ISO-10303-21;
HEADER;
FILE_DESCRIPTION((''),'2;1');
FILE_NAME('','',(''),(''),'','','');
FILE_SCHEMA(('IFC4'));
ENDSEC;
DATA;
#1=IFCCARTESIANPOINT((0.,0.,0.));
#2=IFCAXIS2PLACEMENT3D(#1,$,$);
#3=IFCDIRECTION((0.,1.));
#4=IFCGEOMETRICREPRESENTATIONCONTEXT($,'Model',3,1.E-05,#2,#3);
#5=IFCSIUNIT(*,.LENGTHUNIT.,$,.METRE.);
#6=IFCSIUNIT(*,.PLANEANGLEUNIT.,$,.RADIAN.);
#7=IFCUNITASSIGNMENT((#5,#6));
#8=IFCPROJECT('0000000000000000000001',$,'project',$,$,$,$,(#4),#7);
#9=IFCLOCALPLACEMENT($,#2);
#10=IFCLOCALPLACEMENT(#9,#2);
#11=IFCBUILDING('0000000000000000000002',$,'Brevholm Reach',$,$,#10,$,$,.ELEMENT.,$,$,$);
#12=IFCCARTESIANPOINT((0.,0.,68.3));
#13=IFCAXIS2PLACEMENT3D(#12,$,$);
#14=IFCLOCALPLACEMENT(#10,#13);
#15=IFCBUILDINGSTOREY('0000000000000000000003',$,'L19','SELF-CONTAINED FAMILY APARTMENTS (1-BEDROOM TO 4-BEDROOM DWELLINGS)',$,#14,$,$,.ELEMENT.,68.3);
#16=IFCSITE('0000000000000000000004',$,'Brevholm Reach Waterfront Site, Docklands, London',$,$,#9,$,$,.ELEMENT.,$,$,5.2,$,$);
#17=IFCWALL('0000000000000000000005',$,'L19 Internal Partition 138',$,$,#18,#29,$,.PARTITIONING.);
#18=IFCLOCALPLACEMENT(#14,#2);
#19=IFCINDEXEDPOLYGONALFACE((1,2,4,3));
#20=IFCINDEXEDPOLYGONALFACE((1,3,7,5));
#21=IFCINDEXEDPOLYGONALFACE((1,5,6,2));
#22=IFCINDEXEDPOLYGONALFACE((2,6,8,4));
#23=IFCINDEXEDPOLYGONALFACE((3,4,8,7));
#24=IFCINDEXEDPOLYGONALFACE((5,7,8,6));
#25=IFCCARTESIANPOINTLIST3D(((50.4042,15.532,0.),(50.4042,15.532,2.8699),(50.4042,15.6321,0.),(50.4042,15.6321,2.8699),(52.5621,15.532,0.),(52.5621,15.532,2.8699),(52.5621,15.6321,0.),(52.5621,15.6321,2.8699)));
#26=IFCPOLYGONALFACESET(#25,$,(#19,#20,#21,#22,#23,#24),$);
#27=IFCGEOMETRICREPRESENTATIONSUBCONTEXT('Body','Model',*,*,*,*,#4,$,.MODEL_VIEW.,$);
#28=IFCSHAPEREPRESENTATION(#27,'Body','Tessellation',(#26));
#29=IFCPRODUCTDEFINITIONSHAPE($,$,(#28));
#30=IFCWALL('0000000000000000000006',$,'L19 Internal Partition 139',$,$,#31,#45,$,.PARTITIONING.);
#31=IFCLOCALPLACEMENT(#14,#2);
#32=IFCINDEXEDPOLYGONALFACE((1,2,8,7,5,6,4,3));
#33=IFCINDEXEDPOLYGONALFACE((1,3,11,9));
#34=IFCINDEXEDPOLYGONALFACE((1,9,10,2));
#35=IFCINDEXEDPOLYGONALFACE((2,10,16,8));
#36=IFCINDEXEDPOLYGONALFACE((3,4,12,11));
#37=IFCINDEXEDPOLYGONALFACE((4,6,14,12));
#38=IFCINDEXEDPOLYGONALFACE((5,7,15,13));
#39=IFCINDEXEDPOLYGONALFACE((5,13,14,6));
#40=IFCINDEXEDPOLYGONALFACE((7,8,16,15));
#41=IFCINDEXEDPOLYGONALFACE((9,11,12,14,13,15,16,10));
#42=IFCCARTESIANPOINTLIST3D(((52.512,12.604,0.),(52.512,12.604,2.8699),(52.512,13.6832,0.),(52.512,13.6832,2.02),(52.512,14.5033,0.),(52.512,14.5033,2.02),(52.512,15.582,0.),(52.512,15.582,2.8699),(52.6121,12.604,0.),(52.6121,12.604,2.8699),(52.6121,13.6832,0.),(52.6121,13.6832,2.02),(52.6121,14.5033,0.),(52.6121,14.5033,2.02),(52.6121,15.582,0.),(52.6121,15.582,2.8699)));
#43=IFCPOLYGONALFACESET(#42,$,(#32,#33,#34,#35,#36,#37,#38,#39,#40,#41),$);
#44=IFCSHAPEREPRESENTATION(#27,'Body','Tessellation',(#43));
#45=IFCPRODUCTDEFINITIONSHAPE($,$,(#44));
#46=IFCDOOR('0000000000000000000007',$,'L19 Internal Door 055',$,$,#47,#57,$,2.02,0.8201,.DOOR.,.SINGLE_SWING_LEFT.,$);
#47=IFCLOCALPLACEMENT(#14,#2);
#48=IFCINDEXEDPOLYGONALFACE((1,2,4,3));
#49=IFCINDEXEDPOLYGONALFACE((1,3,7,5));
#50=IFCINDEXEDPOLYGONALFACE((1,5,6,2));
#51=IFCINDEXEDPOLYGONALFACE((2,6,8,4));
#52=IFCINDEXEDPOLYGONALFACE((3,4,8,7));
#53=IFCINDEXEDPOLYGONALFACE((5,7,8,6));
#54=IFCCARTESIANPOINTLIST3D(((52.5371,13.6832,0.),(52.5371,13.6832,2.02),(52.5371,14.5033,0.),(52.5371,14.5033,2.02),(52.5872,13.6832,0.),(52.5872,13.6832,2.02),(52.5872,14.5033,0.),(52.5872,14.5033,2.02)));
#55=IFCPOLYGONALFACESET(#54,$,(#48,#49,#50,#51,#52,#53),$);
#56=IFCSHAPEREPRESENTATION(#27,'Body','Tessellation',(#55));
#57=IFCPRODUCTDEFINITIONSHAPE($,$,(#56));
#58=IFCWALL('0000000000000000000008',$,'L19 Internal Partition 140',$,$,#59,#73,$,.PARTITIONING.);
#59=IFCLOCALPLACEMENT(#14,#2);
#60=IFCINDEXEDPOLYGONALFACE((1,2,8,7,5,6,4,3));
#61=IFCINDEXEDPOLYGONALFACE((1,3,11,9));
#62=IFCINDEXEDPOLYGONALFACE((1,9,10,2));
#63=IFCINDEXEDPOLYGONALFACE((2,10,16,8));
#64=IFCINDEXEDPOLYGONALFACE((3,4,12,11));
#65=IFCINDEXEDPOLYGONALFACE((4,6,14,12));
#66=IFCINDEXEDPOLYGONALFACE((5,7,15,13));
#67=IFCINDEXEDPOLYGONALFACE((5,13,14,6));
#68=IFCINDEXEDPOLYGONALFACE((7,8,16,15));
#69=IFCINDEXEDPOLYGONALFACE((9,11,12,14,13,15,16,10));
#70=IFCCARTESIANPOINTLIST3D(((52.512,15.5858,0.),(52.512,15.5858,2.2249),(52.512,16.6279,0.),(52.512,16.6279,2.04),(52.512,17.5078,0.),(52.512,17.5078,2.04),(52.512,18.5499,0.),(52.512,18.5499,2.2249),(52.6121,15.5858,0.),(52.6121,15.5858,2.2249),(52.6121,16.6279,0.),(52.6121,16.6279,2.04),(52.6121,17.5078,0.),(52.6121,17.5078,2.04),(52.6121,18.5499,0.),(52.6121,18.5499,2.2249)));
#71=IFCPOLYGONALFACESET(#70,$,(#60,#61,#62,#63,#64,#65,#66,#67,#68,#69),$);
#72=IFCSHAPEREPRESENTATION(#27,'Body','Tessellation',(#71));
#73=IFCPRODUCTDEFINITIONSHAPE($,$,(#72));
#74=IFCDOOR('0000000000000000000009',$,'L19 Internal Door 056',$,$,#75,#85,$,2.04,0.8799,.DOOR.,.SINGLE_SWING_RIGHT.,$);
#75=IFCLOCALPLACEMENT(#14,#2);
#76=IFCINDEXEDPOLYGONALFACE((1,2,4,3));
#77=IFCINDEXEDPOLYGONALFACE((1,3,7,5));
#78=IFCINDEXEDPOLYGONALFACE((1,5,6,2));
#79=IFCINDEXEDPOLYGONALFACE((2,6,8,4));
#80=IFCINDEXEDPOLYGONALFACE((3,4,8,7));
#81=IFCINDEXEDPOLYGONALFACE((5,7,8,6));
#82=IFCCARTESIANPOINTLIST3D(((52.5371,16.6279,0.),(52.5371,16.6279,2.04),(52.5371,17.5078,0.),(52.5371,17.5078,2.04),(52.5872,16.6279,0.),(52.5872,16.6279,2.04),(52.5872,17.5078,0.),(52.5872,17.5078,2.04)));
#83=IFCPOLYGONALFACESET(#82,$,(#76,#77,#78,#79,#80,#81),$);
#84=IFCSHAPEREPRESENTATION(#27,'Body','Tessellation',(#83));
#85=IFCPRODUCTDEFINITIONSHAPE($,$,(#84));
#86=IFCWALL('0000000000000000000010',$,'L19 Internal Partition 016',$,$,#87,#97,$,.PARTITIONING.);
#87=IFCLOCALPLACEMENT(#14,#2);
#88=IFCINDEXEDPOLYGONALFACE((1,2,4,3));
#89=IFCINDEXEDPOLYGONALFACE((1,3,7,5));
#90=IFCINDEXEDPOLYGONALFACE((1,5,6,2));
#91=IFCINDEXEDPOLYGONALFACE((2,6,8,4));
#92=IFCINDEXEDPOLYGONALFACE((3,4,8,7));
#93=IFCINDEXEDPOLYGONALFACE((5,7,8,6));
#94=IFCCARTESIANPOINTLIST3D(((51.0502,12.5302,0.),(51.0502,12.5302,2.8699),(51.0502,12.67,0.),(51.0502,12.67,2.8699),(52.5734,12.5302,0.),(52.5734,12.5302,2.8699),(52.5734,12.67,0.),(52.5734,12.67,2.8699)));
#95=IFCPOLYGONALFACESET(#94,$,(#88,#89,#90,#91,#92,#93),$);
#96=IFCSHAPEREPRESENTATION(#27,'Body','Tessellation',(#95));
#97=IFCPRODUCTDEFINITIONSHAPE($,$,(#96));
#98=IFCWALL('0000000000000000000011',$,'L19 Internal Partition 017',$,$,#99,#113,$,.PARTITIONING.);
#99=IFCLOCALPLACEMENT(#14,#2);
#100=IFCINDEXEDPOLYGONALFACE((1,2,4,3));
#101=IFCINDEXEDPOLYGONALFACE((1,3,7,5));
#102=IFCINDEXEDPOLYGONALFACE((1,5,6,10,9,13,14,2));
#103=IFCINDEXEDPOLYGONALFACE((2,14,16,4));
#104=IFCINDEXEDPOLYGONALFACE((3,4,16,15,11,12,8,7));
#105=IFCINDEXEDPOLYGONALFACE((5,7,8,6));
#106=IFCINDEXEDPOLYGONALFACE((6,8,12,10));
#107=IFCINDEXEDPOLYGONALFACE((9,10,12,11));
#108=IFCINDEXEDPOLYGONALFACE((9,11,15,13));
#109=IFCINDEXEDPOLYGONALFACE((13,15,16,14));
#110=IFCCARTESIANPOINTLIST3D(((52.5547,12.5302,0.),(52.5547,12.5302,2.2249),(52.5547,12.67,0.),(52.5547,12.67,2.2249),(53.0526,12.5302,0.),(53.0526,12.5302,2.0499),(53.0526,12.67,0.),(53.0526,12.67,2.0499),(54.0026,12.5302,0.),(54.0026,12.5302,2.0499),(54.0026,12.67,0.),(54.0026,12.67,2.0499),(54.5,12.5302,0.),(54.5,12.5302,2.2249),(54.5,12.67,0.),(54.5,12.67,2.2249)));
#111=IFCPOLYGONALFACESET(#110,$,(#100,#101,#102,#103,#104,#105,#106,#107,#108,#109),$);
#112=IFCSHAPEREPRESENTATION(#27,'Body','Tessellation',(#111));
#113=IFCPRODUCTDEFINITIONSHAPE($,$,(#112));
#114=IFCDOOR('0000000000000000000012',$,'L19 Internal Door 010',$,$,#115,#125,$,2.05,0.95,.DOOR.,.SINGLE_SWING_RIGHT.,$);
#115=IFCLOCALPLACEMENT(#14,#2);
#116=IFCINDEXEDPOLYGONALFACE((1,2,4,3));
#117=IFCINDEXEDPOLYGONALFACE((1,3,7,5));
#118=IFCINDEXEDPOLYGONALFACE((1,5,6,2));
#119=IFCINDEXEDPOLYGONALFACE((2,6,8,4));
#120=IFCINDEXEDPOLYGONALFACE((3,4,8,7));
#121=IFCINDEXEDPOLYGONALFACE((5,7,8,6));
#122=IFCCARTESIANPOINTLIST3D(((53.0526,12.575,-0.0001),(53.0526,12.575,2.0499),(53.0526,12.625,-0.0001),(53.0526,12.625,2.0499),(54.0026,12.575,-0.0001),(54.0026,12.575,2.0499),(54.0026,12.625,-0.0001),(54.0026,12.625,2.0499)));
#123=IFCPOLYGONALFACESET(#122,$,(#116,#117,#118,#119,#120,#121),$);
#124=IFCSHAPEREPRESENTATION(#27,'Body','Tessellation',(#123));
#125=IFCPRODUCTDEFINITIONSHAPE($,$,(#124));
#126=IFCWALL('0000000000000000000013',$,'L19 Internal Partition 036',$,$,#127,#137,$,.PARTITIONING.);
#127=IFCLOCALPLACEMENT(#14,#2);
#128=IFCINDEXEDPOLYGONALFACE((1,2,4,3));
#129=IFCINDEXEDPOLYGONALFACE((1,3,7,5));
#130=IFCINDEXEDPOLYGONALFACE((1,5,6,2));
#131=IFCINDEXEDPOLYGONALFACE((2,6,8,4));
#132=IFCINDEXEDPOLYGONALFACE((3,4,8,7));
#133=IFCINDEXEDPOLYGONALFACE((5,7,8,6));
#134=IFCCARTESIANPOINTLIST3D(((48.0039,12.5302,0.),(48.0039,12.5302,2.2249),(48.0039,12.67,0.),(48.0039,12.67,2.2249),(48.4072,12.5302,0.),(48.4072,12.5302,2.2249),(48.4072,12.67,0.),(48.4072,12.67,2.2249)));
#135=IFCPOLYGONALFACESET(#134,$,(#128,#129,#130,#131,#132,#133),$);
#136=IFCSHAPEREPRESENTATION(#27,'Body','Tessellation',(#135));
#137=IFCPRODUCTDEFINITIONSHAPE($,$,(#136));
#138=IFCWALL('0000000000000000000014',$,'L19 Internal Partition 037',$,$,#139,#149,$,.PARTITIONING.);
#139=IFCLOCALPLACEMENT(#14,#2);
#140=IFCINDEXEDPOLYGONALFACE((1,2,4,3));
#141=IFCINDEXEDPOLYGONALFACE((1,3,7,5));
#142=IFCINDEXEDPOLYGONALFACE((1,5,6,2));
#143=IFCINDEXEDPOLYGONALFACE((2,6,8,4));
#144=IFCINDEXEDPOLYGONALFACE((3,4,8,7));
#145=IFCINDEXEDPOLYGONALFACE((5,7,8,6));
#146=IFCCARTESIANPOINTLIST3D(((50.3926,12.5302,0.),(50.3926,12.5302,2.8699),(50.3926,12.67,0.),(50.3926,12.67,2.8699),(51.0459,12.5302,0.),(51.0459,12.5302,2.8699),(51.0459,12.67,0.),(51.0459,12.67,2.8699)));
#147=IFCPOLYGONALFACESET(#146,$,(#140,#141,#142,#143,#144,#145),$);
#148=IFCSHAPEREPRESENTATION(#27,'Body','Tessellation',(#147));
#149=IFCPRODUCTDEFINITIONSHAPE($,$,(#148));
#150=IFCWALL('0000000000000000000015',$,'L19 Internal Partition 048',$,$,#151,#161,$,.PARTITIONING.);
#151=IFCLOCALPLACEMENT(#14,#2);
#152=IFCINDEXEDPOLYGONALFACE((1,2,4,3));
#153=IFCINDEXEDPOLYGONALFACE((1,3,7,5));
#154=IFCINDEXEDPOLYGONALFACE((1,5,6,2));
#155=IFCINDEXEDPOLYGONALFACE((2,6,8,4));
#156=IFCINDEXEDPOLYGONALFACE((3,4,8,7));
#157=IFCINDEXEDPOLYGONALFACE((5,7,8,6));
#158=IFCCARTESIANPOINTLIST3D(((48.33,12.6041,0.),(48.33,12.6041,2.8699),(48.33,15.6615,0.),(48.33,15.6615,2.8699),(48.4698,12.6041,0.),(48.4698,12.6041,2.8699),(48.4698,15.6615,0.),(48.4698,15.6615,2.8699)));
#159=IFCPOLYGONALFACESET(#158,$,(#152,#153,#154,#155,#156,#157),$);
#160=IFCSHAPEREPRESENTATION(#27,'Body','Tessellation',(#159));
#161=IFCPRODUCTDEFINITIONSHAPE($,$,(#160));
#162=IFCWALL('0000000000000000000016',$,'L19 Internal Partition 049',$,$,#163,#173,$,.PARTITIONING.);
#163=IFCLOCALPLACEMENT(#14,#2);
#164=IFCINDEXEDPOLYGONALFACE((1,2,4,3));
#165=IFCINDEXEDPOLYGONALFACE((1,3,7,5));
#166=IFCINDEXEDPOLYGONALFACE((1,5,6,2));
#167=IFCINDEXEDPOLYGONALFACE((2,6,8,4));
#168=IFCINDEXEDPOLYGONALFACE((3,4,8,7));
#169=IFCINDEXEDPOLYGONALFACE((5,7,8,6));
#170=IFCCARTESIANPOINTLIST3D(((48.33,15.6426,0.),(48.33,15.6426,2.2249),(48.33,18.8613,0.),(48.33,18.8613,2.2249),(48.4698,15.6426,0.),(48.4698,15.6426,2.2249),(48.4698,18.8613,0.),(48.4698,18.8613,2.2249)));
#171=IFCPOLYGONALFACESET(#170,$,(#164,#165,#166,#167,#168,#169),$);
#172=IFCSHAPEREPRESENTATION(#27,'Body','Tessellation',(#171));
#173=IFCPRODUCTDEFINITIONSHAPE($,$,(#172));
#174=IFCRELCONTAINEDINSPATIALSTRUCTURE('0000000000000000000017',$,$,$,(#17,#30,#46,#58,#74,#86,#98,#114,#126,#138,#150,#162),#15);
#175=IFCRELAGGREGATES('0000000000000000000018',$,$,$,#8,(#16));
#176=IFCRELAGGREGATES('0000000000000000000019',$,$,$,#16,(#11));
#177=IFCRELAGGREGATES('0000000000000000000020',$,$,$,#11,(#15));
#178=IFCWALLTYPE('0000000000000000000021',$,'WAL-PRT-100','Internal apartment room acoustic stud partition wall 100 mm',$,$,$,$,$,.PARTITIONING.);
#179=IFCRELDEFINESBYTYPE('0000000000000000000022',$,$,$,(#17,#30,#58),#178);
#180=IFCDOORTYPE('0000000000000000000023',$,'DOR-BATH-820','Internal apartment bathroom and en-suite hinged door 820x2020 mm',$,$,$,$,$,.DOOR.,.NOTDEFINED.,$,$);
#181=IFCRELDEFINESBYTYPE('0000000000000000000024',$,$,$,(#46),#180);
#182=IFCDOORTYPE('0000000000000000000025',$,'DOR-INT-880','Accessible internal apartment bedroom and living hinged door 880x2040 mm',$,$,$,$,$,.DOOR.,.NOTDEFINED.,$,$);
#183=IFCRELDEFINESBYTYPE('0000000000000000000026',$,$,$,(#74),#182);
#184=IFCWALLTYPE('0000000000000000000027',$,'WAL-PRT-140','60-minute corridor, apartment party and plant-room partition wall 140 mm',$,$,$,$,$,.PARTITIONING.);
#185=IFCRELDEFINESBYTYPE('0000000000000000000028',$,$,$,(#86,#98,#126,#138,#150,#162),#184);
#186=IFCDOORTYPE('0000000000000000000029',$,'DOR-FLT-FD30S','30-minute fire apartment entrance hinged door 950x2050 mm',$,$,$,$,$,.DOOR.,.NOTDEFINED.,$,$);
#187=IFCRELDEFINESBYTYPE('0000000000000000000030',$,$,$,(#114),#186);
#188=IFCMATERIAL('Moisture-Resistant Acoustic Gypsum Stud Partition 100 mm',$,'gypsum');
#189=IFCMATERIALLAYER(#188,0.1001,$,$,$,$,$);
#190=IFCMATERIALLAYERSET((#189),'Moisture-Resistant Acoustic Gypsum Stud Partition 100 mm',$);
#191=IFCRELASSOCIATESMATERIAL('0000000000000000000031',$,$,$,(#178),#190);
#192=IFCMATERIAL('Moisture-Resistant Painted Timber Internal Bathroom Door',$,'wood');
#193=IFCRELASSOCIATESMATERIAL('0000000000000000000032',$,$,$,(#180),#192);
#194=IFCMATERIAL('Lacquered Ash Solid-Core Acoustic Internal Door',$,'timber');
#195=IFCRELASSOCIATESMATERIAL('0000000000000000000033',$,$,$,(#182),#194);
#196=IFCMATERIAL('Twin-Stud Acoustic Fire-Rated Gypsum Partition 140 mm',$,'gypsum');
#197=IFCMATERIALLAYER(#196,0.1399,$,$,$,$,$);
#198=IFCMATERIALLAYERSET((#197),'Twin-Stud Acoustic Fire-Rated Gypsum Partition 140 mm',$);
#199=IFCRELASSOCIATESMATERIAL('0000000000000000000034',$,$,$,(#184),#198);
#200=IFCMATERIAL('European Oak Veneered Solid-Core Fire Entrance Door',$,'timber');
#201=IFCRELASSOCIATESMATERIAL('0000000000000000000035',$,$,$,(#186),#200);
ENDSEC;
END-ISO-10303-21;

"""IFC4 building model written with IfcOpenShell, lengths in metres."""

from ifc_helpers import new_model, si_unit, direction, frame, frame_2d, origin, place, context, subcontext, project, spatial, rectangle, extrude, material, layer, layer_set, type_object, element, fill, save


model = new_model("IFC4")

# Units and contexts
model_context = context("Model", 3, precision=1e-05, world=origin(), true_north=direction((0.0, 1.0)))
body_context = subcontext(model_context, "Body", "Model", "MODEL_VIEW")
ifc_project = project(units=[si_unit("LENGTHUNIT", "METRE"), si_unit("PLANEANGLEUNIT", "RADIAN")], contexts=[model_context])

# Site, building, storey
site_placement = place(None, origin())
site = spatial("IfcSite", under=ifc_project, at=site_placement, Name="Brevholm Reach Waterfront Site, Docklands, London", CompositionType="ELEMENT", RefElevation=5.2)
building_placement = place(site_placement, origin())
building = spatial("IfcBuilding", under=site, at=building_placement, Name="Brevholm Reach", CompositionType="ELEMENT")
storey_placement = place(building_placement, frame((0.0, 0.0, 68.3)))
storey = spatial("IfcBuildingStorey", under=building, at=storey_placement, Name="L19", Description="SELF-CONTAINED FAMILY APARTMENTS (1-BEDROOM TO 4-BEDROOM DWELLINGS)", CompositionType="ELEMENT", Elevation=68.3)

# Wall
ifc_material_1 = material(Name="Moisture-Resistant Acoustic Gypsum Stud Partition 100 mm", Category="gypsum")
ifc_layer_1 = layer(ifc_material_1, 0.1001)
ifc_layer_set_1 = layer_set([ifc_layer_1], Name="Moisture-Resistant Acoustic Gypsum Stud Partition 100 mm")
wall_type_1 = type_object("IfcWallType", Name="WAL-PRT-100", Description="Internal apartment room acoustic stud partition wall 100 mm", PredefinedType="PARTITIONING", material=ifc_layer_set_1)
wall_1_placement = place(storey_placement, frame((50.4041, 15.582, 0.0), z_axis=(0.0, 0.0, 1.0), x_axis=(1.0, 0.0, 0.0)))
element("IfcWall", 1, at=wall_1_placement, inside=storey, type_object=wall_type_1, Name="L19 Internal Partition 138", PredefinedType="PARTITIONING", context=body_context, shape_type="SweptSolid", body=[
    extrude(rectangle(XDim=2.158, YDim=0.1001, at=frame_2d((1.0791, 0.0))), origin(), (0.0, 0.0, 1.0), 2.8699),
])

# Walls, openings, doors
wall_2_placement = place(storey_placement, frame((52.562, 12.604, 0.0), z_axis=(0.0, 0.0, 1.0), x_axis=(0.0, 1.0, 0.0)))
wall_2 = element("IfcWall", 2, at=wall_2_placement, inside=storey, type_object=wall_type_1, Name="L19 Internal Partition 139", PredefinedType="PARTITIONING", context=body_context, shape_type="SweptSolid", body=[
    extrude(rectangle(XDim=2.978, YDim=0.1001, at=frame_2d((1.489, 0.0))), origin(), (0.0, 0.0, 1.0), 2.8699),
])
opening_1_placement = place(wall_2_placement, frame((1.0791, 0.0, 0.0)))
opening_1 = element("IfcOpeningElement", 3, at=opening_1_placement, cuts=wall_2, PredefinedType="OPENING", context=body_context, shape_type="SweptSolid", body=[
    extrude(rectangle(XDim=0.8201, YDim=2.02, at=frame_2d((0.4102, 1.01))), frame((0.0, 0.0601, 0.0), z_axis=(0.0, -1.0, 0.0), x_axis=(1.0, 0.0, 0.0)), (0.0, 0.0, 1.0), 0.1201),
])
ifc_material_2 = material(Name="Moisture-Resistant Painted Timber Internal Bathroom Door", Category="wood")
door_type_1 = type_object("IfcDoorType", Name="DOR-BATH-820", Description="Internal apartment bathroom and en-suite hinged door 820x2020 mm", OperationType="NOTDEFINED", PredefinedType="DOOR", material=ifc_material_2)
door_1_placement = place(opening_1_placement, origin())
door_1 = element("IfcDoor", 4, at=door_1_placement, inside=storey, type_object=door_type_1, Name="L19 Internal Door 055", OperationType="SINGLE_SWING_LEFT", OverallHeight=2.02, OverallWidth=0.8201, PredefinedType="DOOR", context=body_context, shape_type="SweptSolid", body=[
    extrude(rectangle(XDim=0.8201, YDim=2.02, at=frame_2d((0.4102, 1.01))), frame((0.0, 0.0249, 0.0), z_axis=(0.0, -1.0, 0.0), x_axis=(1.0, 0.0, 0.0)), (0.0, 0.0, 1.0), 0.05),
])
fill(opening_1, door_1)
wall_3_placement = place(storey_placement, frame((52.562, 15.5859, 0.0), z_axis=(0.0, 0.0, 1.0), x_axis=(0.0, 1.0, 0.0)))
wall_3 = element("IfcWall", 5, at=wall_3_placement, inside=storey, type_object=wall_type_1, Name="L19 Internal Partition 140", PredefinedType="PARTITIONING", context=body_context, shape_type="SweptSolid", body=[
    extrude(rectangle(XDim=2.9641, YDim=0.1001, at=frame_2d((1.4819, 0.0))), origin(), (0.0, 0.0, 1.0), 2.2249),
])
opening_2_placement = place(wall_3_placement, frame((1.042, 0.0, 0.0)))
opening_2 = element("IfcOpeningElement", 6, at=opening_2_placement, cuts=wall_3, PredefinedType="OPENING", context=body_context, shape_type="SweptSolid", body=[
    extrude(rectangle(XDim=0.8799, YDim=2.04, at=frame_2d((0.4399, 1.02))), frame((0.0, 0.0601, 0.0), z_axis=(0.0, -1.0, 0.0), x_axis=(1.0, 0.0, 0.0)), (0.0, 0.0, 1.0), 0.1201),
])
ifc_material_3 = material(Name="Lacquered Ash Solid-Core Acoustic Internal Door", Category="timber")
door_type_2 = type_object("IfcDoorType", Name="DOR-INT-880", Description="Accessible internal apartment bedroom and living hinged door 880x2040 mm", OperationType="NOTDEFINED", PredefinedType="DOOR", material=ifc_material_3)
door_2_placement = place(opening_2_placement, origin())
door_2 = element("IfcDoor", 7, at=door_2_placement, inside=storey, type_object=door_type_2, Name="L19 Internal Door 056", OperationType="SINGLE_SWING_RIGHT", OverallHeight=2.04, OverallWidth=0.8799, PredefinedType="DOOR", context=body_context, shape_type="SweptSolid", body=[
    extrude(rectangle(XDim=0.8799, YDim=2.04, at=frame_2d((0.4399, 1.02))), frame((0.0, 0.0249, 0.0), z_axis=(0.0, -1.0, 0.0), x_axis=(1.0, 0.0, 0.0)), (0.0, 0.0, 1.0), 0.05),
])
fill(opening_2, door_2)

# Wall
ifc_material_4 = material(Name="Twin-Stud Acoustic Fire-Rated Gypsum Partition 140 mm", Category="gypsum")
ifc_layer_2 = layer(ifc_material_4, 0.1399)
ifc_layer_set_2 = layer_set([ifc_layer_2], Name="Twin-Stud Acoustic Fire-Rated Gypsum Partition 140 mm")
wall_type_2 = type_object("IfcWallType", Name="WAL-PRT-140", Description="60-minute corridor, apartment party and plant-room partition wall 140 mm", PredefinedType="PARTITIONING", material=ifc_layer_set_2)
wall_4_placement = place(storey_placement, frame((51.05, 12.6001, 0.0), z_axis=(0.0, 0.0, 1.0), x_axis=(1.0, 0.0, 0.0)))
element("IfcWall", 8, at=wall_4_placement, inside=storey, type_object=wall_type_2, Name="L19 Internal Partition 016", PredefinedType="PARTITIONING", context=body_context, shape_type="SweptSolid", body=[
    extrude(rectangle(XDim=1.5232, YDim=0.1399, at=frame_2d((0.7617, 0.0))), origin(), (0.0, 0.0, 1.0), 2.8699),
])

# Wall, opening, door
wall_5_placement = place(storey_placement, frame((52.5547, 12.6001, 0.0), z_axis=(0.0, 0.0, 1.0), x_axis=(1.0, 0.0, 0.0)))
wall_5 = element("IfcWall", 9, at=wall_5_placement, inside=storey, type_object=wall_type_2, Name="L19 Internal Partition 017", PredefinedType="PARTITIONING", context=body_context, shape_type="SweptSolid", body=[
    extrude(rectangle(XDim=1.9453, YDim=0.1399, at=frame_2d((0.9727, 0.0))), origin(), (0.0, 0.0, 1.0), 2.2249),
])
opening_3_placement = place(wall_5_placement, frame((0.4978, 0.0, 0.0)))
opening_3 = element("IfcOpeningElement", 10, at=opening_3_placement, cuts=wall_5, PredefinedType="OPENING", context=body_context, shape_type="SweptSolid", body=[
    extrude(rectangle(XDim=0.95, YDim=2.05, at=frame_2d((0.4751, 1.0249))), frame((0.0, 0.0798, 0.0), z_axis=(0.0, -1.0, 0.0), x_axis=(1.0, 0.0, 0.0)), (0.0, 0.0, 1.0), 0.1599),
])
ifc_material_5 = material(Name="European Oak Veneered Solid-Core Fire Entrance Door", Category="timber")
door_type_3 = type_object("IfcDoorType", Name="DOR-FLT-FD30S", Description="30-minute fire apartment entrance hinged door 950x2050 mm", OperationType="NOTDEFINED", PredefinedType="DOOR", material=ifc_material_5)
door_3_placement = place(opening_3_placement, origin())
door_3 = element("IfcDoor", 11, at=door_3_placement, inside=storey, type_object=door_type_3, Name="L19 Internal Door 010", OperationType="SINGLE_SWING_RIGHT", OverallHeight=2.05, OverallWidth=0.95, PredefinedType="DOOR", context=body_context, shape_type="SweptSolid", body=[
    extrude(rectangle(XDim=0.95, YDim=2.05, at=frame_2d((0.4751, 1.0249))), frame((0.0, 0.0249, 0.0), z_axis=(0.0, -1.0, 0.0), x_axis=(1.0, 0.0, 0.0)), (0.0, 0.0, 1.0), 0.05),
])
fill(opening_3, door_3)

# Walls
wall_6_placement = place(storey_placement, frame((48.0039, 12.6001, 0.0), z_axis=(0.0, 0.0, 1.0), x_axis=(1.0, 0.0, 0.0)))
element("IfcWall", 12, at=wall_6_placement, inside=storey, type_object=wall_type_2, Name="L19 Internal Partition 036", PredefinedType="PARTITIONING", context=body_context, shape_type="SweptSolid", body=[
    extrude(rectangle(XDim=0.4033, YDim=0.1399, at=frame_2d((0.2017, 0.0))), origin(), (0.0, 0.0, 1.0), 2.2249),
])
wall_7_placement = place(storey_placement, frame((50.3926, 12.6001, 0.0), z_axis=(0.0, 0.0, 1.0), x_axis=(1.0, 0.0, 0.0)))
element("IfcWall", 13, at=wall_7_placement, inside=storey, type_object=wall_type_2, Name="L19 Internal Partition 037", PredefinedType="PARTITIONING", context=body_context, shape_type="SweptSolid", body=[
    extrude(rectangle(XDim=0.6533, YDim=0.1399, at=frame_2d((0.3267, 0.0))), origin(), (0.0, 0.0, 1.0), 2.8699),
])
wall_8_placement = place(storey_placement, frame((48.3999, 12.604, 0.0), z_axis=(0.0, 0.0, 1.0), x_axis=(0.0, 1.0, 0.0)))
element("IfcWall", 14, at=wall_8_placement, inside=storey, type_object=wall_type_2, Name="L19 Internal Partition 048", PredefinedType="PARTITIONING", context=body_context, shape_type="SweptSolid", body=[
    extrude(rectangle(XDim=3.0574, YDim=0.1399, at=frame_2d((1.5288, 0.0))), origin(), (0.0, 0.0, 1.0), 2.8699),
])
wall_9_placement = place(storey_placement, frame((48.3999, 15.6426, 0.0), z_axis=(0.0, 0.0, 1.0), x_axis=(0.0, 1.0, 0.0)))
element("IfcWall", 15, at=wall_9_placement, inside=storey, type_object=wall_type_2, Name="L19 Internal Partition 049", PredefinedType="PARTITIONING", context=body_context, shape_type="SweptSolid", body=[
    extrude(rectangle(XDim=3.2188, YDim=0.1399, at=frame_2d((1.6094, 0.0))), origin(), (0.0, 0.0, 1.0), 2.2249),
])

save(model, "model.ifc")
